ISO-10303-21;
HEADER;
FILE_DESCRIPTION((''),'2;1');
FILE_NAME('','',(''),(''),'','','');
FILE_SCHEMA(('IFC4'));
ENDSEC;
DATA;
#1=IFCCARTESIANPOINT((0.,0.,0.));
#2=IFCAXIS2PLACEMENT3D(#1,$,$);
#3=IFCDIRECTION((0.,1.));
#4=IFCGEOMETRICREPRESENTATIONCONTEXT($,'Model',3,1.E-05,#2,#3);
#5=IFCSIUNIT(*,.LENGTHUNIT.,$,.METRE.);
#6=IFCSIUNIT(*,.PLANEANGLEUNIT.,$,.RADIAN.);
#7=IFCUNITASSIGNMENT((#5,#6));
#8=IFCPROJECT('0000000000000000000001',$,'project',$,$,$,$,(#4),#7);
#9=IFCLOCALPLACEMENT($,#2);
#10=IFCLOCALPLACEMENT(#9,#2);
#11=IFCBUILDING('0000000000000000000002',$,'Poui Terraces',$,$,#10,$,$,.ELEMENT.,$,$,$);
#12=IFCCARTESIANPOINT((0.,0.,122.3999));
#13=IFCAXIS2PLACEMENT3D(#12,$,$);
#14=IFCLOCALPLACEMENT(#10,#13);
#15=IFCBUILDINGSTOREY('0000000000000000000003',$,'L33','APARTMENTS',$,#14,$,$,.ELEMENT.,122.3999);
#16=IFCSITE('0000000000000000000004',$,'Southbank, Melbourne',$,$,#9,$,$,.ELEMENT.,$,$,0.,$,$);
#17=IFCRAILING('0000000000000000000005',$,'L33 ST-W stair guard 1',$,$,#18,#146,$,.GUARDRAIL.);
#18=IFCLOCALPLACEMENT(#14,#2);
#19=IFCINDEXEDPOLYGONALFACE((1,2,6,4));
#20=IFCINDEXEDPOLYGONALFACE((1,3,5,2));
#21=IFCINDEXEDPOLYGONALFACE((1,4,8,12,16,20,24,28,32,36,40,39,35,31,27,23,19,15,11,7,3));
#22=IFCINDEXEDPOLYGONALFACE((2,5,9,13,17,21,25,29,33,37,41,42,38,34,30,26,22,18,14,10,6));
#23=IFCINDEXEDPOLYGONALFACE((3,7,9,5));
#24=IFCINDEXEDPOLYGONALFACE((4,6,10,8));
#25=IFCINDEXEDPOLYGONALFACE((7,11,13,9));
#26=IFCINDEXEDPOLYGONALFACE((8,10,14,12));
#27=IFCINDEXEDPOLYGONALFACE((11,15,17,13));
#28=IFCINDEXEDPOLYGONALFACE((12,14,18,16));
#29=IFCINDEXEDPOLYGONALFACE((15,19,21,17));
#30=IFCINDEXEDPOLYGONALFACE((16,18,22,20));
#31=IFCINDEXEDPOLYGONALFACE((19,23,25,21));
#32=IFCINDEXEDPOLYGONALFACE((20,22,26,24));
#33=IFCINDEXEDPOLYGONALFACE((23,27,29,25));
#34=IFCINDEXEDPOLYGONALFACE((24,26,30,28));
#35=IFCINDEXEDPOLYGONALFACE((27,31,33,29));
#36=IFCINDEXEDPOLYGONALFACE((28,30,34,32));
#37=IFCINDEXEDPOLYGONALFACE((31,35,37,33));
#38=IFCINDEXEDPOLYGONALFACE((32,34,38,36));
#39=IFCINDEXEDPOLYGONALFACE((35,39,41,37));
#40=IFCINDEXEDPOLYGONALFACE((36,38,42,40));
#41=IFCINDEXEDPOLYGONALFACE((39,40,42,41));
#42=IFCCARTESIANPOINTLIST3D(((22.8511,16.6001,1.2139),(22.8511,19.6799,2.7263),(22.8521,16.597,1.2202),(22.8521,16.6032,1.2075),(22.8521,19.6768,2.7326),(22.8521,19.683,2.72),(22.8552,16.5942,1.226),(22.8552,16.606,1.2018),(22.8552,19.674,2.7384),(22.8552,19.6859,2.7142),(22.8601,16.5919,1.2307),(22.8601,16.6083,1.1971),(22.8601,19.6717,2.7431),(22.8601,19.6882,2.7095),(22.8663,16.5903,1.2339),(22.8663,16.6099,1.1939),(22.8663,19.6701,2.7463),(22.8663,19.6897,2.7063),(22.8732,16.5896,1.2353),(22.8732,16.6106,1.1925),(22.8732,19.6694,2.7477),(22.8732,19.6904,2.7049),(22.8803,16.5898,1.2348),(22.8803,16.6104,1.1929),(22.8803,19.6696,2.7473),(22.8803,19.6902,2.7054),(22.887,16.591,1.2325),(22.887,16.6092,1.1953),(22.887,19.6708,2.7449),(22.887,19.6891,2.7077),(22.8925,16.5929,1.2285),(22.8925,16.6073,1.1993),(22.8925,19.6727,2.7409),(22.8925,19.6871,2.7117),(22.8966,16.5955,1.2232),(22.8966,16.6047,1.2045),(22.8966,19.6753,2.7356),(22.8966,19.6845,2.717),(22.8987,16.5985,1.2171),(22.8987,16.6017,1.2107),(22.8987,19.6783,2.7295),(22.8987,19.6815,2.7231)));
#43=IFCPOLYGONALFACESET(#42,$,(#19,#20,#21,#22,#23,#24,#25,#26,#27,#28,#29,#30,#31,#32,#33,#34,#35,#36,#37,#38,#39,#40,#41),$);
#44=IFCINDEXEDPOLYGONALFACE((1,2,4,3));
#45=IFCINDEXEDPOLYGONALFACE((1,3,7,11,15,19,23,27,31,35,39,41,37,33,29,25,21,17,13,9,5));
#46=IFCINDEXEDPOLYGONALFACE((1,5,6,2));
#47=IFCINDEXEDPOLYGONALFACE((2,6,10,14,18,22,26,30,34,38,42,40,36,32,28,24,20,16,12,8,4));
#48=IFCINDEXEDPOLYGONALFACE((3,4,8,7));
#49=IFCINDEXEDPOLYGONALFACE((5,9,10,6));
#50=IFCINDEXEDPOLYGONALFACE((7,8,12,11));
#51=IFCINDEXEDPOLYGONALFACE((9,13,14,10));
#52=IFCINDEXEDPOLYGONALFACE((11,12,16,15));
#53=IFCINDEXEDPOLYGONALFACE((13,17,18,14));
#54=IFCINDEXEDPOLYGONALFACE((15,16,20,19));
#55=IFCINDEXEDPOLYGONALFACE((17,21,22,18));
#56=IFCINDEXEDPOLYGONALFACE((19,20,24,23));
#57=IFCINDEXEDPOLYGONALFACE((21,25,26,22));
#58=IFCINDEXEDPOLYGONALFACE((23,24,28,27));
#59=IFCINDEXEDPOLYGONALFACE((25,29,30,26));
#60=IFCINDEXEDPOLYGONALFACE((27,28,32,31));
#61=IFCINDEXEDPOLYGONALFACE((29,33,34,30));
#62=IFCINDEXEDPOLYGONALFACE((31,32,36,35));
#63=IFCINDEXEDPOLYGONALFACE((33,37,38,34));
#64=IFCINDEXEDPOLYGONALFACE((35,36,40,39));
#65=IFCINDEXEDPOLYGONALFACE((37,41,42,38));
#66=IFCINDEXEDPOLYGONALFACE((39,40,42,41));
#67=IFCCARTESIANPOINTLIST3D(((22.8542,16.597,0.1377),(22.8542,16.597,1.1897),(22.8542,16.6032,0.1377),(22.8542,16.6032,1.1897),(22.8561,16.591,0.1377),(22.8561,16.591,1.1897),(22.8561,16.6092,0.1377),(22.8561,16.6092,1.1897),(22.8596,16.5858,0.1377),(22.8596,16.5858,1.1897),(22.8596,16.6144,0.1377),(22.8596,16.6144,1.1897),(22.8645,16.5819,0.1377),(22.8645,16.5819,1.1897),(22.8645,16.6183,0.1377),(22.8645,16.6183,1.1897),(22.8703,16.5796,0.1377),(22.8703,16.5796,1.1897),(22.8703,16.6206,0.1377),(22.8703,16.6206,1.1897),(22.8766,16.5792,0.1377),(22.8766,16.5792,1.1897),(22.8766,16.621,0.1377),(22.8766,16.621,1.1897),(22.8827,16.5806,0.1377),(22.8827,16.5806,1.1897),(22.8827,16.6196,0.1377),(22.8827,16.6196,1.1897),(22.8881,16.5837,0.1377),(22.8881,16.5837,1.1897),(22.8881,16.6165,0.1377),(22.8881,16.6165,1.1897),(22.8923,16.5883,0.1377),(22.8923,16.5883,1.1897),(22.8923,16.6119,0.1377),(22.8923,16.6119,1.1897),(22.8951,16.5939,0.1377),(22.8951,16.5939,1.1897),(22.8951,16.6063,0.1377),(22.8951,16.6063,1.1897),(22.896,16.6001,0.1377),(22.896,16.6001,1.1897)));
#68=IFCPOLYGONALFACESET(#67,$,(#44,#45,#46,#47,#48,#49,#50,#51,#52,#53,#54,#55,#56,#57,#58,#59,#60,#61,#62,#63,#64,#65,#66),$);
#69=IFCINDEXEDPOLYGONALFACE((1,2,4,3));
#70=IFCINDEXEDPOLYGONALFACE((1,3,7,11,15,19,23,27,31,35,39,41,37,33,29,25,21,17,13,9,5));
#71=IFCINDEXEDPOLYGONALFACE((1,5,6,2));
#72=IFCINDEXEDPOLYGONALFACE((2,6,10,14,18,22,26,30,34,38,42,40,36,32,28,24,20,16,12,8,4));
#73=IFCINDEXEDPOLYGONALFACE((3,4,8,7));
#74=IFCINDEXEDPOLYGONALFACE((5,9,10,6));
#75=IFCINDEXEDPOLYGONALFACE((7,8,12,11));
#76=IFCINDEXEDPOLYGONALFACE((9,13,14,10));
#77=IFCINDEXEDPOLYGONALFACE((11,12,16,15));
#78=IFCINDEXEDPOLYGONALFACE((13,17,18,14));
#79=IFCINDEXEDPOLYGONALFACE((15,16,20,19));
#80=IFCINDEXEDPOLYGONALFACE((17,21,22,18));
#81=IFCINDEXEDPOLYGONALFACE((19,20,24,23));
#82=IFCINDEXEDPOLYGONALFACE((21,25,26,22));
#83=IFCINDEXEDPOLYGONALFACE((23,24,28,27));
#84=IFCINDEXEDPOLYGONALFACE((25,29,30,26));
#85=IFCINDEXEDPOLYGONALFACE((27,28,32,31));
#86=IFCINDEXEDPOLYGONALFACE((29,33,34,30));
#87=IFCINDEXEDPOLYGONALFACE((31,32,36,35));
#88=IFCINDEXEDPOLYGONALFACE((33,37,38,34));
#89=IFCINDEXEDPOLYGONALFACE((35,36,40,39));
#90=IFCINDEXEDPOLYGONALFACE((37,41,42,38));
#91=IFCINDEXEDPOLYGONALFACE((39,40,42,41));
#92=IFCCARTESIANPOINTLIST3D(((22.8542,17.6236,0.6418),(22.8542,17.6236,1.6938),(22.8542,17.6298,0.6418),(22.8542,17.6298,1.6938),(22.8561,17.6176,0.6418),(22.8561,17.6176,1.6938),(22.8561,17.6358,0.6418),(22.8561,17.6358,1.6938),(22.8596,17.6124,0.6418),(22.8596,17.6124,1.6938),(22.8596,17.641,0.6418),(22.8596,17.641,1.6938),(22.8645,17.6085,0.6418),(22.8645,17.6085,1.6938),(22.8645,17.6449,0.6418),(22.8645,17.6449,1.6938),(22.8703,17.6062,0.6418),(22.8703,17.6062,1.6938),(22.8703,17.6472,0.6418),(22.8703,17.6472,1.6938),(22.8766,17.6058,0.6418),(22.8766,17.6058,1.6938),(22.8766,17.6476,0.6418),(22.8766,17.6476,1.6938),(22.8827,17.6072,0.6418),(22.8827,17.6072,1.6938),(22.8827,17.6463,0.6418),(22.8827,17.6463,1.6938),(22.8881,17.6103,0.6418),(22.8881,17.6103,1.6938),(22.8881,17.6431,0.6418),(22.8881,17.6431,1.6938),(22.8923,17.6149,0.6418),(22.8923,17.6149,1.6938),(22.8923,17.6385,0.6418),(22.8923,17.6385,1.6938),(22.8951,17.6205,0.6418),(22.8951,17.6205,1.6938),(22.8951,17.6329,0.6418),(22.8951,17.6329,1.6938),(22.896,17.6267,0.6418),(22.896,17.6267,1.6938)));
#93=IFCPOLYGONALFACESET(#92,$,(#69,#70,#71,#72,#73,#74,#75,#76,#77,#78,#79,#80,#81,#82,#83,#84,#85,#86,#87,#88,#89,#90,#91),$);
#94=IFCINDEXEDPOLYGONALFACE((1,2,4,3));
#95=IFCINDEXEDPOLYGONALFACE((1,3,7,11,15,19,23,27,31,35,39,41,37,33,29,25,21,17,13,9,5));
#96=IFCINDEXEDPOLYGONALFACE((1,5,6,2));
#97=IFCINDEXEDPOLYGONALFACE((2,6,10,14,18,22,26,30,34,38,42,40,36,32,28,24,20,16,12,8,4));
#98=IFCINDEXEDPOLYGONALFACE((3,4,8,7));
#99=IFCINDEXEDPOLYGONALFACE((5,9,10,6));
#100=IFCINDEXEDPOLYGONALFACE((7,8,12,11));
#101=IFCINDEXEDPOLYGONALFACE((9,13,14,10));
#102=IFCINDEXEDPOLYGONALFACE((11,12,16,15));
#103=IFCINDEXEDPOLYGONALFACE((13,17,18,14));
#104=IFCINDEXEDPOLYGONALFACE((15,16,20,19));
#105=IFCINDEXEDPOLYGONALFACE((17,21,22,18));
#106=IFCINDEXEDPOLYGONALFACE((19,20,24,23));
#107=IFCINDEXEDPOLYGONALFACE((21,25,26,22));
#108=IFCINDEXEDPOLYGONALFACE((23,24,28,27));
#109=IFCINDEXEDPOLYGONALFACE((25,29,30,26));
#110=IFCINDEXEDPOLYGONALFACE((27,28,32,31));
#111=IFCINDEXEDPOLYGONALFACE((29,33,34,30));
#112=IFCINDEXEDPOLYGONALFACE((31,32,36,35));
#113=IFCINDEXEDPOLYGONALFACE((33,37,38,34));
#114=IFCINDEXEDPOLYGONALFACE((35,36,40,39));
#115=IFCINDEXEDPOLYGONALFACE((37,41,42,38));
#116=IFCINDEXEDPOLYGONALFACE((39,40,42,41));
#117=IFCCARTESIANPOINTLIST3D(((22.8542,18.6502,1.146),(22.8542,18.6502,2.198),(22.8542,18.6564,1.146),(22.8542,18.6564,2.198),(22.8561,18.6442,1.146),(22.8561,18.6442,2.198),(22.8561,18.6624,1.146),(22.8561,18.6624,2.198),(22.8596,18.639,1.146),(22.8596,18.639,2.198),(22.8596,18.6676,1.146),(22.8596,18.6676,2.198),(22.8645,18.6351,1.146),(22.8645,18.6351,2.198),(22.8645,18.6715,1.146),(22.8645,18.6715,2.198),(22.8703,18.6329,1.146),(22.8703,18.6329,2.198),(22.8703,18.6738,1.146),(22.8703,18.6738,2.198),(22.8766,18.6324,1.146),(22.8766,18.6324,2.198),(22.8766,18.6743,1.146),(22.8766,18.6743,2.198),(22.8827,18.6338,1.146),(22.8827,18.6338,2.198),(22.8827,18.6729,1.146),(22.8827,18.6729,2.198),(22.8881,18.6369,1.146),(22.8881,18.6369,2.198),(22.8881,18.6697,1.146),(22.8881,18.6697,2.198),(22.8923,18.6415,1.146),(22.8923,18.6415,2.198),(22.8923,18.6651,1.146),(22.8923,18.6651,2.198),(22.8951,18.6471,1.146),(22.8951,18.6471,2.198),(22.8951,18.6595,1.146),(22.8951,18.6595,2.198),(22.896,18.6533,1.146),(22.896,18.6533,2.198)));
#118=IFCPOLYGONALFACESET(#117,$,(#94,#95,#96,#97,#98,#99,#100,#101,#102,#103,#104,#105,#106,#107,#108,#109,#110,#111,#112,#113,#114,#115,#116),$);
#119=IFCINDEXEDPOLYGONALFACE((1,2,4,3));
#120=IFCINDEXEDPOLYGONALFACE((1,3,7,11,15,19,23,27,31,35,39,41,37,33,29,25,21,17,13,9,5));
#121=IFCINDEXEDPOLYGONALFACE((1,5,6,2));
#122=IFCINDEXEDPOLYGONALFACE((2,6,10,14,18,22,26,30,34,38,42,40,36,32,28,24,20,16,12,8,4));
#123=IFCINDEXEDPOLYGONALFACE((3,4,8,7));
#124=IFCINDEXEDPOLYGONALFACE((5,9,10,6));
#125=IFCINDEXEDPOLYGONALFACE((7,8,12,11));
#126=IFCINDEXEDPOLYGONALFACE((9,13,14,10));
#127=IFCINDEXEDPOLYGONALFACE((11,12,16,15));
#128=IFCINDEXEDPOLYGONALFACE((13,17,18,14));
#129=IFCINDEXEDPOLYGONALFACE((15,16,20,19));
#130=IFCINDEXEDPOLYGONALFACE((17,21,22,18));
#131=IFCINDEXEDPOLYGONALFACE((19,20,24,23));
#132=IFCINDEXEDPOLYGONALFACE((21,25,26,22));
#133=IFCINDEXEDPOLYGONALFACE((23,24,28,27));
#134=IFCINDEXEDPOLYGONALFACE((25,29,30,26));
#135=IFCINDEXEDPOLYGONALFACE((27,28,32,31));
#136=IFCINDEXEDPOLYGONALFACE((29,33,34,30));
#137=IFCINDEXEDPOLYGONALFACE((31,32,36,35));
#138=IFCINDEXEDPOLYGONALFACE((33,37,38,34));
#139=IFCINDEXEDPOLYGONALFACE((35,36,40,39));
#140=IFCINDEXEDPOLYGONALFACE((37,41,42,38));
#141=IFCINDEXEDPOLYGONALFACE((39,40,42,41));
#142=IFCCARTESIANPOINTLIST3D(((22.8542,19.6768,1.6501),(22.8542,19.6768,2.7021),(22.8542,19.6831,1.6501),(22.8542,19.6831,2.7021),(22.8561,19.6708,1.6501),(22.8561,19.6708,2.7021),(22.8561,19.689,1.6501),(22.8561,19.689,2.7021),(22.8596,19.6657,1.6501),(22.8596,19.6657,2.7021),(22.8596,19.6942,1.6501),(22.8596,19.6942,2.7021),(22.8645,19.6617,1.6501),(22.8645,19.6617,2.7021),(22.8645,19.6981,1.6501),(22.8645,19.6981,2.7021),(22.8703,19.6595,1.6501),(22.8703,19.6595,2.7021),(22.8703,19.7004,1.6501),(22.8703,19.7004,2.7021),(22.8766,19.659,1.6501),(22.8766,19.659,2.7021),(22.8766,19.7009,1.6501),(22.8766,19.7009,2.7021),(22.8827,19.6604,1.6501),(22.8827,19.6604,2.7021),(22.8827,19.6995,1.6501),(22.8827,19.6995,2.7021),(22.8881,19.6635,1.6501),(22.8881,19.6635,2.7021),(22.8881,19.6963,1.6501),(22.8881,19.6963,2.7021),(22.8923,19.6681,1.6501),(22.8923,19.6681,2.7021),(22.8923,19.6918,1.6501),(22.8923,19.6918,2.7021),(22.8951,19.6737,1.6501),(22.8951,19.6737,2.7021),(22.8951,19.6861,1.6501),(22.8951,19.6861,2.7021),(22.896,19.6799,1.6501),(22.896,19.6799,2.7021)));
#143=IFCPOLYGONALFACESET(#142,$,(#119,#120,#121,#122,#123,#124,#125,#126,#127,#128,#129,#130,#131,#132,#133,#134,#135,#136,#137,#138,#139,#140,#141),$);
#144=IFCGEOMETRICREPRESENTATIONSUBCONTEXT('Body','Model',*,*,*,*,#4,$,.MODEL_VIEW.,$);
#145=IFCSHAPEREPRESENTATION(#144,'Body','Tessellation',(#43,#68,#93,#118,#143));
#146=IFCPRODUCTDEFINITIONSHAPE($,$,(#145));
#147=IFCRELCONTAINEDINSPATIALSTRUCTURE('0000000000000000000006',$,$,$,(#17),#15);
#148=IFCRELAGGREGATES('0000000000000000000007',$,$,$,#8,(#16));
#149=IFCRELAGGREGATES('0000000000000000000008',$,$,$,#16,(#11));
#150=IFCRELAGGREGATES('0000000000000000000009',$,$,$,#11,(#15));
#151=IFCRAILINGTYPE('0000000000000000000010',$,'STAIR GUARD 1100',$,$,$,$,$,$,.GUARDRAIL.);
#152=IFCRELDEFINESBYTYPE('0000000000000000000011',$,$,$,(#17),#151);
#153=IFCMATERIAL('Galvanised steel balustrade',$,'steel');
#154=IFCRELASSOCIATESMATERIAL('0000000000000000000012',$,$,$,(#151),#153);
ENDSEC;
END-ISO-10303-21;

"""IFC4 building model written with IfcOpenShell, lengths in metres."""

from ifc_helpers import new_model, si_unit, direction, frame, origin, origin_2d, place, context, subcontext, project, spatial, circle, extrude, material, type_object, element, save


model = new_model("IFC4")

# Units and contexts
model_context = context("Model", 3, precision=1e-05, world=origin(), true_north=direction((0.0, 1.0)))
body_context = subcontext(model_context, "Body", "Model", "MODEL_VIEW")
ifc_project = project(units=[si_unit("LENGTHUNIT", "METRE"), si_unit("PLANEANGLEUNIT", "RADIAN")], contexts=[model_context])

# Site, building, storey
site_placement = place(None, origin())
site = spatial("IfcSite", under=ifc_project, at=site_placement, Name="Southbank, Melbourne", CompositionType="ELEMENT", RefElevation=0.0)
building_placement = place(site_placement, origin())
building = spatial("IfcBuilding", under=site, at=building_placement, Name="Poui Terraces", CompositionType="ELEMENT")
storey_placement = place(building_placement, frame((0.0, 0.0, 122.3999)))
storey = spatial("IfcBuildingStorey", under=building, at=storey_placement, Name="L33", Description="APARTMENTS", CompositionType="ELEMENT", Elevation=122.3999)

# Railing
ifc_material_1 = material(Name="Galvanised steel balustrade", Category="steel")
railing_type_1 = type_object("IfcRailingType", Name="STAIR GUARD 1100", PredefinedType="GUARDRAIL", material=ifc_material_1)
railing_1_placement = place(storey_placement, frame((22.875, 16.6001, 0.1377)))
element("IfcRailing", 1, at=railing_1_placement, inside=storey, type_object=railing_type_1, Name="L33 ST-W stair guard 1", PredefinedType="GUARDRAIL", context=body_context, shape_type="SweptSolid", body=[
    extrude(circle(Radius=0.0239, at=origin_2d()), frame((0.0, 0.0, 1.0762), z_axis=(0.0, 0.897606, 0.440798), x_axis=(-1.0, 0.0, 0.0)), (0.0, 0.0, 1.0), 3.4312),
    extrude(circle(Radius=0.021, at=origin_2d()), origin(), (0.0, 0.0, 1.0), 1.052),
    extrude(circle(Radius=0.021, at=origin_2d()), frame((0.0, 1.0266, 0.5042)), (0.0, 0.0, 1.0), 1.052),
    extrude(circle(Radius=0.021, at=origin_2d()), frame((0.0, 2.0532, 1.0083)), (0.0, 0.0, 1.0), 1.052),
    extrude(circle(Radius=0.021, at=origin_2d()), frame((0.0, 3.0798, 1.5125)), (0.0, 0.0, 1.0), 1.052),
])

save(model, "model.ifc")
